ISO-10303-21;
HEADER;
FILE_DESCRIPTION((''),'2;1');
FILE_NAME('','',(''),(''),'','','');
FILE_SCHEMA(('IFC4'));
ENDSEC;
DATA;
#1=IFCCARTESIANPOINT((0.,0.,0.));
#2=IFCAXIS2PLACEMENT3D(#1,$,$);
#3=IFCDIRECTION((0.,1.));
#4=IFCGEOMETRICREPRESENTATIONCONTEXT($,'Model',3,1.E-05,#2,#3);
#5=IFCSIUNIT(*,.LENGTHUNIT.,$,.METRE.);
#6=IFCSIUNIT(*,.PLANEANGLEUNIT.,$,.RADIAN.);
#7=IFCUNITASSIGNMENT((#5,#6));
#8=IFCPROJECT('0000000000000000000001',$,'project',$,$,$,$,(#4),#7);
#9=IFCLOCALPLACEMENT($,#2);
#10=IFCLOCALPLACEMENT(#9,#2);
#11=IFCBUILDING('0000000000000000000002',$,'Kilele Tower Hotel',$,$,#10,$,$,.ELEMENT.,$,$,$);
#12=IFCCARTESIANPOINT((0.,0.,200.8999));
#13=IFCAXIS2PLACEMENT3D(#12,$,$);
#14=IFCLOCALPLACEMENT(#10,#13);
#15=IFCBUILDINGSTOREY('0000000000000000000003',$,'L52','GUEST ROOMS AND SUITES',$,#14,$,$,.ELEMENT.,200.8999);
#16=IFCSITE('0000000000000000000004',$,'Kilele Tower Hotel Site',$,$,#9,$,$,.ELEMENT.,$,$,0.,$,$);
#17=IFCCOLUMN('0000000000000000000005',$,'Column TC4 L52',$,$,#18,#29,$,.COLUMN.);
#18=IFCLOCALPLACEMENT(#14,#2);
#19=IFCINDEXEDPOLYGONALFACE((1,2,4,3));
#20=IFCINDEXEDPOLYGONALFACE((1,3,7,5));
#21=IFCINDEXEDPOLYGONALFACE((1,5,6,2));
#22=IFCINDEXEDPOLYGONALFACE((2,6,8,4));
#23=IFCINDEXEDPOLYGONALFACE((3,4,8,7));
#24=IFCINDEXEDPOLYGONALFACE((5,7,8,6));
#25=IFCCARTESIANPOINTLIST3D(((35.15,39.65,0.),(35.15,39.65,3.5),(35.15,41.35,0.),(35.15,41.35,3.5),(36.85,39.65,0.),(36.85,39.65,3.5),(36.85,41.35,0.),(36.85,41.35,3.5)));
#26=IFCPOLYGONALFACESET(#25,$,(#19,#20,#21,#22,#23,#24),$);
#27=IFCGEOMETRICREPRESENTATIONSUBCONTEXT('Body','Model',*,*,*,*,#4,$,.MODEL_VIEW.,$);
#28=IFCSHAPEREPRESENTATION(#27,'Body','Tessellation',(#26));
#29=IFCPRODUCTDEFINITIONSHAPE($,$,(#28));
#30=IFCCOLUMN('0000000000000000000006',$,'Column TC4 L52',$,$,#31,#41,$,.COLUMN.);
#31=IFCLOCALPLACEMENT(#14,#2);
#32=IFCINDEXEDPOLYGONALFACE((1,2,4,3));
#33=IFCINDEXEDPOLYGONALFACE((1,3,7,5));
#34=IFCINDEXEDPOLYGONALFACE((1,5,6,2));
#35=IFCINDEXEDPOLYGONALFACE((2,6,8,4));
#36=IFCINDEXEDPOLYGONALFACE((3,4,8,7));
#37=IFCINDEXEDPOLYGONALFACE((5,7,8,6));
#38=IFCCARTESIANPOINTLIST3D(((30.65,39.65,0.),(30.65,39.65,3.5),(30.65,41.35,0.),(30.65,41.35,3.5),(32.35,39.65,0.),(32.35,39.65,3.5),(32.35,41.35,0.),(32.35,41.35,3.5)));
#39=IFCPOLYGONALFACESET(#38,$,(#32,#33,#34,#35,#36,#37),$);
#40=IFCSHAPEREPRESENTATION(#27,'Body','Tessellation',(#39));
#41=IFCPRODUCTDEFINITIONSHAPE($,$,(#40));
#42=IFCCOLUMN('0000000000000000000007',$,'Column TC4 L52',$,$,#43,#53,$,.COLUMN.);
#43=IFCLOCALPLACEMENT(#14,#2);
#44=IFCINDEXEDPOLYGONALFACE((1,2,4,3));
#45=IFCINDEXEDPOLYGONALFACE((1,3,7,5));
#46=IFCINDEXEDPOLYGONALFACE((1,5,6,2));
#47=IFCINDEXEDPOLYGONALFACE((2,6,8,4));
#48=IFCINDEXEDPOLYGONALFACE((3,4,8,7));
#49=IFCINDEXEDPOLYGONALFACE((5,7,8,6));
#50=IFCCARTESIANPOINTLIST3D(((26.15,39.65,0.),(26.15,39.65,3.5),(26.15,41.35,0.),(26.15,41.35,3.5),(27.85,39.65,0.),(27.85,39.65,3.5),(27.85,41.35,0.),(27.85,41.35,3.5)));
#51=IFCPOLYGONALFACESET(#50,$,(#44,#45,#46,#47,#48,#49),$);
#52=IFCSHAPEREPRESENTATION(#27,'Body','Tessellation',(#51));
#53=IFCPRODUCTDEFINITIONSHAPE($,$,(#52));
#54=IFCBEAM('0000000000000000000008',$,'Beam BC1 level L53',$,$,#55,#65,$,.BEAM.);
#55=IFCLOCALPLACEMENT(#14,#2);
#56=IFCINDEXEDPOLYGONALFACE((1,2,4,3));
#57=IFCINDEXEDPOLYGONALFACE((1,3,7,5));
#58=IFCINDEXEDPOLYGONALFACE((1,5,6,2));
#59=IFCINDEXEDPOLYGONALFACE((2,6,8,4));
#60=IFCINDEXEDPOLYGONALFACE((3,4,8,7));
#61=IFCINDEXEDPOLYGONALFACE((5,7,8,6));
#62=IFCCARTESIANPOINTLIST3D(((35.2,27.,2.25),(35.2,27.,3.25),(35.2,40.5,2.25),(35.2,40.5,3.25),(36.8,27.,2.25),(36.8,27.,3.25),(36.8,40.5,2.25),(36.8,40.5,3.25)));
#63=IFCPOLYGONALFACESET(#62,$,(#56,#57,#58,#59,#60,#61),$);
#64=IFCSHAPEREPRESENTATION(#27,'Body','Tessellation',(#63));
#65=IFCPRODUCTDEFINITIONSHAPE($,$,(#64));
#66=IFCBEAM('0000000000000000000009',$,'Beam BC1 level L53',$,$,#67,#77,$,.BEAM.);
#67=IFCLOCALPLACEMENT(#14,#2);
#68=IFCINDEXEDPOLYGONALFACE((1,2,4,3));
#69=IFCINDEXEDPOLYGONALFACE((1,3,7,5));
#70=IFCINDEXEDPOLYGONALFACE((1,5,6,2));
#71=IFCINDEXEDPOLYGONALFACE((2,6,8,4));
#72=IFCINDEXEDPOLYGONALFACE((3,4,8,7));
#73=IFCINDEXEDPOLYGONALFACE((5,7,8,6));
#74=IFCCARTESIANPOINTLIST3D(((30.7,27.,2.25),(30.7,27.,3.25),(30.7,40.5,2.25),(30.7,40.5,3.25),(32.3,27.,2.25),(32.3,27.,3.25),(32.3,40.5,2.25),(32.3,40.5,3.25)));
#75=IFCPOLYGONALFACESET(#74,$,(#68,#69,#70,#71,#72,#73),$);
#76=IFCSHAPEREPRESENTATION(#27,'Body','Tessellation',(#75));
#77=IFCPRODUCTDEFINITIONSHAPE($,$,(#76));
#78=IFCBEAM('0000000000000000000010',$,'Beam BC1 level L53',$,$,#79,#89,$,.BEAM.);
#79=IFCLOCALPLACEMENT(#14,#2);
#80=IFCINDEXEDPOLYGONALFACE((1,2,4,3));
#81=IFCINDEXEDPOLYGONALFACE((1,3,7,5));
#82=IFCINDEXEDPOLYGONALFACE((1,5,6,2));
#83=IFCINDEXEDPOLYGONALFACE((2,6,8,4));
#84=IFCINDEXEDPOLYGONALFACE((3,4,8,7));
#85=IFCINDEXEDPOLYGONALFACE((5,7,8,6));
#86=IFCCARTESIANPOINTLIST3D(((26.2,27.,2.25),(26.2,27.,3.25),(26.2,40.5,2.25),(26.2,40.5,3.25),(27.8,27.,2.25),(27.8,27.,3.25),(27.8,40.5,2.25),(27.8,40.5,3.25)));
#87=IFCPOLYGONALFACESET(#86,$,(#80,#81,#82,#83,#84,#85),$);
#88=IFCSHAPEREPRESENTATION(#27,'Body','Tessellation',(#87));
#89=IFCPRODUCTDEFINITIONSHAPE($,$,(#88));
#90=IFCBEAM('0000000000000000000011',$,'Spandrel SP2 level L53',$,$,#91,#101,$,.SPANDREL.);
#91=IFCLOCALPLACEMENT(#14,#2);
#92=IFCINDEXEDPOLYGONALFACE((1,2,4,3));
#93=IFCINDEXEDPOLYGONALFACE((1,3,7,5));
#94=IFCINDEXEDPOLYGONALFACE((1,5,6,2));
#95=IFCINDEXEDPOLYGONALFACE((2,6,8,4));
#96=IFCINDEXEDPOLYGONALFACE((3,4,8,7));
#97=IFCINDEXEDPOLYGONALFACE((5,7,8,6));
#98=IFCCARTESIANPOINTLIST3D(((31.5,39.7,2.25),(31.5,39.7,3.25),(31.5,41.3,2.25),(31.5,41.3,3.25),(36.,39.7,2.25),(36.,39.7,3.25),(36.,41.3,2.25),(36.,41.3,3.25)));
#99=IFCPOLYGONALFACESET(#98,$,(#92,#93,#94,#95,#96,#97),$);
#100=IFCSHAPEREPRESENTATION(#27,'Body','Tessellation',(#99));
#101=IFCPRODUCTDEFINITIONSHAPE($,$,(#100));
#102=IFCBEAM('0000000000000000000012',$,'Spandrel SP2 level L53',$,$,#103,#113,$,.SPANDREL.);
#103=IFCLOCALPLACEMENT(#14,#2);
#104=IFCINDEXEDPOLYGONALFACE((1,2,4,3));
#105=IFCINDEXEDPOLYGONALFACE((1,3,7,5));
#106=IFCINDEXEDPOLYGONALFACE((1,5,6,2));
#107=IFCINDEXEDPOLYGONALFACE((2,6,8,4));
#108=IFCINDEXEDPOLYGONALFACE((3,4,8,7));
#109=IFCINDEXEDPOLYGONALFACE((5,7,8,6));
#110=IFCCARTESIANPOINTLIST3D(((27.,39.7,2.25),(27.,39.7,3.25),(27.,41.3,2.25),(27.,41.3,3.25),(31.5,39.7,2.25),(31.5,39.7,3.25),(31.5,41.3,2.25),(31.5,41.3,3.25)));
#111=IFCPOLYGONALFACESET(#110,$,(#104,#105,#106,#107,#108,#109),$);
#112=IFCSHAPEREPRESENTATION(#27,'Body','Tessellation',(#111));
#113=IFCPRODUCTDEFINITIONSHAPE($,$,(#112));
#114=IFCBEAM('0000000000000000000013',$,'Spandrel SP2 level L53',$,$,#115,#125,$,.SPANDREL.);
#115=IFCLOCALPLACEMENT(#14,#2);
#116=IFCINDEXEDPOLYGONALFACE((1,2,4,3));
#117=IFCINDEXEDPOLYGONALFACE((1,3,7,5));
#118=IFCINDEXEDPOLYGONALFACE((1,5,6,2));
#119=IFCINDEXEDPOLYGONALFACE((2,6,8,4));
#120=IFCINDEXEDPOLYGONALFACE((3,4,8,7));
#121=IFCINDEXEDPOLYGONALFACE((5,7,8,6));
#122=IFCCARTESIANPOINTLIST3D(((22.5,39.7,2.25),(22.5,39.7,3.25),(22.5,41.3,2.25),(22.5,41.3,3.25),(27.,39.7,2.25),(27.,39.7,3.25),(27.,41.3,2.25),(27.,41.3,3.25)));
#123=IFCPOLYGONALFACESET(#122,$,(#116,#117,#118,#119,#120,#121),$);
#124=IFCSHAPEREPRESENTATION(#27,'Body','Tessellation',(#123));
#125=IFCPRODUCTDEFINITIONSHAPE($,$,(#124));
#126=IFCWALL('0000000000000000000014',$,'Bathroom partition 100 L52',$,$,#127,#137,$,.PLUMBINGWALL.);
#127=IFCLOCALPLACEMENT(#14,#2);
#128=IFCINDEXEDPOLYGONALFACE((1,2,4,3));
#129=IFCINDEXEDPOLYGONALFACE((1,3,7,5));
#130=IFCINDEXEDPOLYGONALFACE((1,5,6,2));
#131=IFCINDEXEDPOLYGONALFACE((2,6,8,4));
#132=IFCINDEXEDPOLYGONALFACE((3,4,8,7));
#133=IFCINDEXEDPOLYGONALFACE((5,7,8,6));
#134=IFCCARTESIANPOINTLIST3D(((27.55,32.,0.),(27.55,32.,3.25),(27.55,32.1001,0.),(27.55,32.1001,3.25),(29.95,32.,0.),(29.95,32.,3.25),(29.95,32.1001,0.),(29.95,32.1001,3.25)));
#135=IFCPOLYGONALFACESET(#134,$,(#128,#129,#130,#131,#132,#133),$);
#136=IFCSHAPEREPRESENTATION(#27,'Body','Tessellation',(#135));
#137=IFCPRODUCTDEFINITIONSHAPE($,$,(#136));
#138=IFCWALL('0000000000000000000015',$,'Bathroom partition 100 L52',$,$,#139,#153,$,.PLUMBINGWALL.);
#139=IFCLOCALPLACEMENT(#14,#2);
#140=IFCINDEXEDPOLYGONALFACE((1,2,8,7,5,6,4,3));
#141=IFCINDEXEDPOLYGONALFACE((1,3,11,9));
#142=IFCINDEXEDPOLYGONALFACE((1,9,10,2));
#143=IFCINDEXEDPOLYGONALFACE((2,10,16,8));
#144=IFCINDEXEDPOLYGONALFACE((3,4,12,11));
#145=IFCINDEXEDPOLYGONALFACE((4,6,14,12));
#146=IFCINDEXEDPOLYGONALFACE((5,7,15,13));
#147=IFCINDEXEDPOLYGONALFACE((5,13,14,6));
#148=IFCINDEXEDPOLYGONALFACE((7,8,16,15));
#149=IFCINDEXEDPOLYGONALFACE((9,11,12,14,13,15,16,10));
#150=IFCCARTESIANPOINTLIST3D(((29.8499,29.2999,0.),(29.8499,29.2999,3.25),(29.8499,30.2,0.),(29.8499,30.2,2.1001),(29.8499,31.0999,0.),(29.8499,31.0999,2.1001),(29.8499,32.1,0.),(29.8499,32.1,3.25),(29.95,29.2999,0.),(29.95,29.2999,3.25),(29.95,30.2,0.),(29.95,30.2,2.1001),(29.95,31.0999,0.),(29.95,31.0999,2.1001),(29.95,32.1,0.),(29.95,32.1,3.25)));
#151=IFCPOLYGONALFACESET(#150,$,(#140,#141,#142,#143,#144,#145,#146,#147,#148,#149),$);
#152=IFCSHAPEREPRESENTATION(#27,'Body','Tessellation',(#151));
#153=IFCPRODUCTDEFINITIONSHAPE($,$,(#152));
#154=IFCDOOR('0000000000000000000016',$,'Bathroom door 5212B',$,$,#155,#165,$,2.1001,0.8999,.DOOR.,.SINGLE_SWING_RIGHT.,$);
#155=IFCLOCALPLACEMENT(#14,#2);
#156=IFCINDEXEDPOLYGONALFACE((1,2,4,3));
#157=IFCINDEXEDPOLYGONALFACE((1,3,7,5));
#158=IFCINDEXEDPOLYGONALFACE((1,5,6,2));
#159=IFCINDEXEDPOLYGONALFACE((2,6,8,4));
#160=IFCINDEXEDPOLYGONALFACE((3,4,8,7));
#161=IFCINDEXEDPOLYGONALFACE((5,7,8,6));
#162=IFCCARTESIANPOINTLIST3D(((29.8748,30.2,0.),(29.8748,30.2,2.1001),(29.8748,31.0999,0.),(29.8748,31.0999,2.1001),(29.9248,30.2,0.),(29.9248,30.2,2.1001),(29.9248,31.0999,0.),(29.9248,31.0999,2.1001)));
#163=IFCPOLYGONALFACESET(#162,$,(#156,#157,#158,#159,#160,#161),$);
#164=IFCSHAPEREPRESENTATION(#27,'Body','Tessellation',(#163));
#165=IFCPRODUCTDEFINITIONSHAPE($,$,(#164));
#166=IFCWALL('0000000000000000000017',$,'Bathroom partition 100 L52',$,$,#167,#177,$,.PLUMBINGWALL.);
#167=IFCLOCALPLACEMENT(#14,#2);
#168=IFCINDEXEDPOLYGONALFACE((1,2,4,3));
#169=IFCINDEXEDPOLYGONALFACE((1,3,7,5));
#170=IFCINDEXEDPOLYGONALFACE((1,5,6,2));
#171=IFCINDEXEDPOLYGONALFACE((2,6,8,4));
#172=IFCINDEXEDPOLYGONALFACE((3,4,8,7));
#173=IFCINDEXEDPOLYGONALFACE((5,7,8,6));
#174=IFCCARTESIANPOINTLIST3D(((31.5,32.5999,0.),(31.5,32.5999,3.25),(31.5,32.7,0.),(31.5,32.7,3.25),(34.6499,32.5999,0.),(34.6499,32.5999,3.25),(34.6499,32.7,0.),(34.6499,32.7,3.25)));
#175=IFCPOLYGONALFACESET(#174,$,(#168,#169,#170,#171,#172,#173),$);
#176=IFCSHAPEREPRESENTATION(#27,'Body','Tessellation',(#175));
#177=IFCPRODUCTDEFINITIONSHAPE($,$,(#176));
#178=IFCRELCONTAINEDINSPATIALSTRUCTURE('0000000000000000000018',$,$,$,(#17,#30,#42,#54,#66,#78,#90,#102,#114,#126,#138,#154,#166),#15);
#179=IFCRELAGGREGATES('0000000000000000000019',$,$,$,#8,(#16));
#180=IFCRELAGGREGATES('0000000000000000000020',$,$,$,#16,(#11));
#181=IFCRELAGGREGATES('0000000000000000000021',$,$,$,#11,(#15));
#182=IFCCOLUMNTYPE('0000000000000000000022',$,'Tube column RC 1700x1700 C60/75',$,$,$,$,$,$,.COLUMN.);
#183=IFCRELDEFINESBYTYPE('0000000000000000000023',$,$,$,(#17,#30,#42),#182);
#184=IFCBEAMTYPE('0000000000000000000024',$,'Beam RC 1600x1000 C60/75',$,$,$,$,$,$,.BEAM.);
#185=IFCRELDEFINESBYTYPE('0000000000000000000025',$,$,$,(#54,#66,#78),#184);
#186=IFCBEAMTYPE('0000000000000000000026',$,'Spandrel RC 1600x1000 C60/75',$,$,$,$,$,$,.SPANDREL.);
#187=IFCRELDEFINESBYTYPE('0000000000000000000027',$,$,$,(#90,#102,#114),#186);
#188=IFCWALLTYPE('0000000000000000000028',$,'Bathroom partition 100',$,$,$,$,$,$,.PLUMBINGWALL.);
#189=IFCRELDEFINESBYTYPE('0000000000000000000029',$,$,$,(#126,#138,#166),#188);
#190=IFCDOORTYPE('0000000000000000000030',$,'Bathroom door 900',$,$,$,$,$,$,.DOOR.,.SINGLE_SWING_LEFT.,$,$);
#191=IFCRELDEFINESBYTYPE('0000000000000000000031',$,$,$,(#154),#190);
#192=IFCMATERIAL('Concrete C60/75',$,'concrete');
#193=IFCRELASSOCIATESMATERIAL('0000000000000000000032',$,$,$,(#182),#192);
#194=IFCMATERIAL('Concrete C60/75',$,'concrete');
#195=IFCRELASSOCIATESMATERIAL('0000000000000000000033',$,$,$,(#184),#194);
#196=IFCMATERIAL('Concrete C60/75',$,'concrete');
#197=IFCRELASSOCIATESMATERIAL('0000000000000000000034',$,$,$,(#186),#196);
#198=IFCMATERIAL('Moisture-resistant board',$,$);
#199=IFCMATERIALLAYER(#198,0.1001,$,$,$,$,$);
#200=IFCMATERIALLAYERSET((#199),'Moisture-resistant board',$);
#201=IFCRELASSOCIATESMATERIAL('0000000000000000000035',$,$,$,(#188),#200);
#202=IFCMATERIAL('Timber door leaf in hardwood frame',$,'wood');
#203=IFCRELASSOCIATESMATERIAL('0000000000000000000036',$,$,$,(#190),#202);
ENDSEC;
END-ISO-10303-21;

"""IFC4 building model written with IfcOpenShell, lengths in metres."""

from ifc_helpers import new_model, si_unit, direction, frame, frame_2d, origin, origin_2d, place, context, subcontext, project, spatial, rectangle, extrude, material, layer, layer_set, material_profile, profile_set, type_object, element, fill, save


model = new_model("IFC4")

# Units and contexts
model_context = context("Model", 3, precision=1e-05, world=origin(), true_north=direction((0.0, 1.0)))
body_context = subcontext(model_context, "Body", "Model", "MODEL_VIEW")
ifc_project = project(units=[si_unit("LENGTHUNIT", "METRE"), si_unit("PLANEANGLEUNIT", "RADIAN")], contexts=[model_context])

# Site, building, storey
site_placement = place(None, origin())
site = spatial("IfcSite", under=ifc_project, at=site_placement, Name="Kilele Tower Hotel Site", CompositionType="ELEMENT", RefElevation=0.0)
building_placement = place(site_placement, origin())
building = spatial("IfcBuilding", under=site, at=building_placement, Name="Kilele Tower Hotel", CompositionType="ELEMENT")
storey_placement = place(building_placement, frame((0.0, 0.0, 200.8999)))
storey = spatial("IfcBuildingStorey", under=building, at=storey_placement, Name="L52", Description="GUEST ROOMS AND SUITES", CompositionType="ELEMENT", Elevation=200.8999)

# Columns
ifc_material_1 = material(Name="Concrete C60/75", Category="concrete")
ifc_material_profile_1 = material_profile(ifc_material_1, rectangle(XDim=1.7, YDim=1.7, at=origin_2d()))
ifc_profile_set_1 = profile_set([ifc_material_profile_1], Name="Concrete C60/75")
column_type = type_object("IfcColumnType", Name="Tube column RC 1700x1700 C60/75", PredefinedType="COLUMN", material=ifc_profile_set_1)
for number, where, z_axis, x_axis, name in (
    (1, (36.0, 40.5, 0.0), (0.0, 0.0, 1.0), (1.0, 0.0, 0.0), "Column TC4 L52"),
    (2, (31.5, 40.5, 0.0), (0.0, 0.0, 1.0), (1.0, 0.0, 0.0), "Column TC4 L52"),
    (3, (27.0, 40.5, 0.0), (0.0, 0.0, 1.0), (1.0, 0.0, 0.0), "Column TC4 L52"),
):
    element("IfcColumn", number, at=place(storey_placement, frame(where, z_axis=z_axis, x_axis=x_axis)), inside=storey, type_object=column_type, Name=name, PredefinedType="COLUMN", context=body_context, shape_type="SweptSolid", body=[
        extrude(rectangle(XDim=1.7, YDim=1.7, at=origin_2d()), origin(), (0.0, 0.0, 1.0), 3.5),
    ])

# Beams
ifc_material_2 = material(Name="Concrete C60/75", Category="concrete")
ifc_material_profile_2 = material_profile(ifc_material_2, rectangle(XDim=1.6001, YDim=1.0, at=origin_2d()))
ifc_profile_set_2 = profile_set([ifc_material_profile_2], Name="Concrete C60/75")
beam_type_1 = type_object("IfcBeamType", Name="Beam RC 1600x1000 C60/75", PredefinedType="BEAM", material=ifc_profile_set_2)
for number, where, z_axis, x_axis, name in (
    (4, (36.0, 40.5, 2.75), (0.0, -1.0, 0.0), (1.0, 0.0, 0.0), "Beam BC1 level L53"),
    (5, (31.5, 40.5, 2.75), (0.0, -1.0, 0.0), (1.0, 0.0, 0.0), "Beam BC1 level L53"),
    (6, (27.0, 40.5, 2.75), (0.0, -1.0, 0.0), (1.0, 0.0, 0.0), "Beam BC1 level L53"),
):
    element("IfcBeam", number, at=place(storey_placement, frame(where, z_axis=z_axis, x_axis=x_axis)), inside=storey, type_object=beam_type_1, Name=name, PredefinedType="BEAM", context=body_context, shape_type="SweptSolid", body=[
        extrude(rectangle(XDim=1.6001, YDim=1.0, at=origin_2d()), origin(), (0.0, 0.0, 1.0), 13.5),
    ])
ifc_material_3 = material(Name="Concrete C60/75", Category="concrete")
ifc_material_profile_3 = material_profile(ifc_material_3, rectangle(XDim=1.6001, YDim=1.0, at=origin_2d()))
ifc_profile_set_3 = profile_set([ifc_material_profile_3], Name="Concrete C60/75")
beam_type_2 = type_object("IfcBeamType", Name="Spandrel RC 1600x1000 C60/75", PredefinedType="SPANDREL", material=ifc_profile_set_3)
for number, where, z_axis, x_axis, name in (
    (7, (36.0, 40.5, 2.75), (-1.0, 0.0, 0.0), (0.0, -1.0, 0.0), "Spandrel SP2 level L53"),
    (8, (31.5, 40.5, 2.75), (-1.0, 0.0, 0.0), (0.0, -1.0, 0.0), "Spandrel SP2 level L53"),
    (9, (27.0, 40.5, 2.75), (-1.0, 0.0, 0.0), (0.0, -1.0, 0.0), "Spandrel SP2 level L53"),
):
    element("IfcBeam", number, at=place(storey_placement, frame(where, z_axis=z_axis, x_axis=x_axis)), inside=storey, type_object=beam_type_2, Name=name, PredefinedType="SPANDREL", context=body_context, shape_type="SweptSolid", body=[
        extrude(rectangle(XDim=1.6001, YDim=1.0, at=origin_2d()), origin(), (0.0, 0.0, 1.0), 4.5),
    ])

# Wall
ifc_material_4 = material(Name="Moisture-resistant board")
ifc_layer_1 = layer(ifc_material_4, 0.1001)
ifc_layer_set_1 = layer_set([ifc_layer_1], Name="Moisture-resistant board")
wall_type_1 = type_object("IfcWallType", Name="Bathroom partition 100", PredefinedType="PLUMBINGWALL", material=ifc_layer_set_1)
wall_1_placement = place(storey_placement, frame((27.55, 32.05, 0.0), z_axis=(0.0, 0.0, 1.0), x_axis=(1.0, 0.0, 0.0)))
element("IfcWall", 10, at=wall_1_placement, inside=storey, type_object=wall_type_1, Name="Bathroom partition 100 L52", PredefinedType="PLUMBINGWALL", context=body_context, shape_type="SweptSolid", body=[
    extrude(rectangle(XDim=2.3999, YDim=0.1001, at=frame_2d((1.2, 0.0))), origin(), (0.0, 0.0, 1.0), 3.25),
])

# Wall, opening, door
wall_2_placement = place(storey_placement, frame((29.8999, 29.3, 0.0), z_axis=(0.0, 0.0, 1.0), x_axis=(0.0, 1.0, 0.0)))
wall_2 = element("IfcWall", 11, at=wall_2_placement, inside=storey, type_object=wall_type_1, Name="Bathroom partition 100 L52", PredefinedType="PLUMBINGWALL", context=body_context, shape_type="SweptSolid", body=[
    extrude(rectangle(XDim=2.8, YDim=0.1001, at=frame_2d((1.3999, 0.0))), origin(), (0.0, 0.0, 1.0), 3.25),
])
opening_1_placement = place(wall_2_placement, frame((1.7998, 0.0, 0.0), z_axis=(0.0, 0.0, 1.0), x_axis=(-1.0, 0.0, 0.0)))
opening_1 = element("IfcOpeningElement", 12, at=opening_1_placement, cuts=wall_2, PredefinedType="OPENING", context=body_context, shape_type="SweptSolid", body=[
    extrude(rectangle(XDim=0.8999, YDim=2.1001, at=frame_2d((0.45, 1.05))), frame((0.0, 0.0601, 0.0), z_axis=(0.0, -1.0, 0.0), x_axis=(1.0, 0.0, 0.0)), (0.0, 0.0, 1.0), 0.1201),
])
ifc_material_5 = material(Name="Timber door leaf in hardwood frame", Category="wood")
door_type_1 = type_object("IfcDoorType", Name="Bathroom door 900", OperationType="SINGLE_SWING_LEFT", PredefinedType="DOOR", material=ifc_material_5)
door_1_placement = place(opening_1_placement, origin())
door_1 = element("IfcDoor", 13, at=door_1_placement, inside=storey, type_object=door_type_1, Name="Bathroom door 5212B", OperationType="SINGLE_SWING_RIGHT", OverallHeight=2.1001, OverallWidth=0.8999, PredefinedType="DOOR", context=body_context, shape_type="SweptSolid", body=[
    extrude(rectangle(XDim=0.8999, YDim=2.1001, at=frame_2d((0.45, 1.05))), frame((0.0, 0.0249, 0.0), z_axis=(0.0, -1.0, 0.0), x_axis=(1.0, 0.0, 0.0)), (0.0, 0.0, 1.0), 0.05),
])
fill(opening_1, door_1)

# Wall
wall_3_placement = place(storey_placement, frame((31.5, 32.6499, 0.0), z_axis=(0.0, 0.0, 1.0), x_axis=(1.0, 0.0, 0.0)))
element("IfcWall", 14, at=wall_3_placement, inside=storey, type_object=wall_type_1, Name="Bathroom partition 100 L52", PredefinedType="PLUMBINGWALL", context=body_context, shape_type="SweptSolid", body=[
    extrude(rectangle(XDim=3.1499, YDim=0.1001, at=frame_2d((1.575, 0.0))), origin(), (0.0, 0.0, 1.0), 3.25),
])

save(model, "model.ifc")
